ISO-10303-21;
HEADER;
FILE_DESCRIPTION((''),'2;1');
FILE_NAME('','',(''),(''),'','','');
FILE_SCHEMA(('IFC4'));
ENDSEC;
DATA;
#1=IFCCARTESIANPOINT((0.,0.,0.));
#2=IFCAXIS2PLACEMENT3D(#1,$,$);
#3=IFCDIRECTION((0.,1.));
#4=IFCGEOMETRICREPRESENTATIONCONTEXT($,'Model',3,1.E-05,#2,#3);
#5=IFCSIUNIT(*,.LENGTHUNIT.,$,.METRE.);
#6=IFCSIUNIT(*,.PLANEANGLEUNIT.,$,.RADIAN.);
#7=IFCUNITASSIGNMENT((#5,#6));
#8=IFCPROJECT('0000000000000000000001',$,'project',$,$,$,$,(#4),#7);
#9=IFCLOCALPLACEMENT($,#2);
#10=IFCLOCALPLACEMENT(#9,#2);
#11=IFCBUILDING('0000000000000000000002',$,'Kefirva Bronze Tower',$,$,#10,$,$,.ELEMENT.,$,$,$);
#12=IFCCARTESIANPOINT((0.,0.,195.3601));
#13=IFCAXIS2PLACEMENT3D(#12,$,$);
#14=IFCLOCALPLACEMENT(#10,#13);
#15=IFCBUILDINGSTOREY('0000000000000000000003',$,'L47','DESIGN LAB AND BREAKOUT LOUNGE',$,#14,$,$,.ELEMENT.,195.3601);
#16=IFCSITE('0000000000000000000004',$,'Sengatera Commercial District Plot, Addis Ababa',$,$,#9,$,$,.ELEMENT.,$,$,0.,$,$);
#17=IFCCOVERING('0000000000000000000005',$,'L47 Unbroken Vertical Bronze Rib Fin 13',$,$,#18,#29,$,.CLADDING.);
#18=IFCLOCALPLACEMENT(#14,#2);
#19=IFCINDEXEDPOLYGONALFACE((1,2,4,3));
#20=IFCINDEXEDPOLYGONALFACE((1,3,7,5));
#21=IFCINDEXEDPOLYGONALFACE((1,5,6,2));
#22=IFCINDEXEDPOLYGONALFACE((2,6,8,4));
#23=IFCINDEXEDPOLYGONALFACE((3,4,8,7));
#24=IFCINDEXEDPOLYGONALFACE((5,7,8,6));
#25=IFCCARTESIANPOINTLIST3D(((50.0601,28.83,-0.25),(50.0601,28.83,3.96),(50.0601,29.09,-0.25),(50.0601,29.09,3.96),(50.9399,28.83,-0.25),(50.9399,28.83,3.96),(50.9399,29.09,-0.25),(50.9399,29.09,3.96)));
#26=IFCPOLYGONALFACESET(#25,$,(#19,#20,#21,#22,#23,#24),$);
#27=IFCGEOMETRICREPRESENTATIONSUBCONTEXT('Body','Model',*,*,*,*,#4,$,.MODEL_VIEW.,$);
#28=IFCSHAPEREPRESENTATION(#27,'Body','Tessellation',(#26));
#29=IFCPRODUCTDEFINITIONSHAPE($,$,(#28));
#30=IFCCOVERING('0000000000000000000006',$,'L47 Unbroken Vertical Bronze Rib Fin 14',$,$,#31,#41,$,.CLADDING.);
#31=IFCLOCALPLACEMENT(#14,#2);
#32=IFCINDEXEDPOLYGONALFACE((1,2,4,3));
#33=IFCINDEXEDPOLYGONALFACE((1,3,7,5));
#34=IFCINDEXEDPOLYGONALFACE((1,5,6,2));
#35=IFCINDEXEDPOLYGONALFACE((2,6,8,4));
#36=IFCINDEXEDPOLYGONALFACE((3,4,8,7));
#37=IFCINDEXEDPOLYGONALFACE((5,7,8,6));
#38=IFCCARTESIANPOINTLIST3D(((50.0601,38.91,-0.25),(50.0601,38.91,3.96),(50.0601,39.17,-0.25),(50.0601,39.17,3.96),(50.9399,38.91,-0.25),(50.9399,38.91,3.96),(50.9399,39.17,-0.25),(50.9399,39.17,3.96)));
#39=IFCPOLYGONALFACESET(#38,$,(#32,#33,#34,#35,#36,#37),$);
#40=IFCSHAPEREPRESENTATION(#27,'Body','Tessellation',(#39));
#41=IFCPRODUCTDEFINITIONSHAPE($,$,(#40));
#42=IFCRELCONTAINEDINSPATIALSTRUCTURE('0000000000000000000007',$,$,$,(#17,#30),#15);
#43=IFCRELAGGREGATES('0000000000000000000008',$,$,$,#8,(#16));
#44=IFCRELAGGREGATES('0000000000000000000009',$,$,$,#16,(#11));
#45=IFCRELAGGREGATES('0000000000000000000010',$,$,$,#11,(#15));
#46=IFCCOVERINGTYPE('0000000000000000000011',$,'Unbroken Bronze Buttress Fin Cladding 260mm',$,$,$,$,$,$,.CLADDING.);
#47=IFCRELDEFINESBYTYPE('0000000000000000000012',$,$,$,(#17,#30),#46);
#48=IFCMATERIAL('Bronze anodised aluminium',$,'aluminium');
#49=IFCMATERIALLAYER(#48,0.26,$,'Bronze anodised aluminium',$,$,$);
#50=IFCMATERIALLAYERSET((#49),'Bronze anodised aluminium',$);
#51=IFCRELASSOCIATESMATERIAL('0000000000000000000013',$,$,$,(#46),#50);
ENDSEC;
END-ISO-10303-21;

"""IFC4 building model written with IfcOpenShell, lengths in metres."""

from ifc_helpers import new_model, si_unit, direction, frame, origin, origin_2d, place, context, subcontext, project, spatial, rectangle, extrude, material, layer, layer_set, type_object, element, save


model = new_model("IFC4")

# Units and contexts
model_context = context("Model", 3, precision=1e-05, world=origin(), true_north=direction((0.0, 1.0)))
body_context = subcontext(model_context, "Body", "Model", "MODEL_VIEW")
ifc_project = project(units=[si_unit("LENGTHUNIT", "METRE"), si_unit("PLANEANGLEUNIT", "RADIAN")], contexts=[model_context])

# Site, building, storey
site_placement = place(None, origin())
site = spatial("IfcSite", under=ifc_project, at=site_placement, Name="Sengatera Commercial District Plot, Addis Ababa", CompositionType="ELEMENT", RefElevation=0.0)
building_placement = place(site_placement, origin())
building = spatial("IfcBuilding", under=site, at=building_placement, Name="Kefirva Bronze Tower", CompositionType="ELEMENT")
storey_placement = place(building_placement, frame((0.0, 0.0, 195.3601)))
storey = spatial("IfcBuildingStorey", under=building, at=storey_placement, Name="L47", Description="DESIGN LAB AND BREAKOUT LOUNGE", CompositionType="ELEMENT", Elevation=195.3601)

# Shared definitions
ifc_material_1 = material(Name="Bronze anodised aluminium", Category="aluminium")

# Coverings
ifc_layer_1 = layer(ifc_material_1, 0.26, Name="Bronze anodised aluminium")
ifc_layer_set_1 = layer_set([ifc_layer_1], Name="Bronze anodised aluminium")
covering_type_1 = type_object("IfcCoveringType", Name="Unbroken Bronze Buttress Fin Cladding 260mm", PredefinedType="CLADDING", material=ifc_layer_set_1)
for number, where, z_axis, x_axis, name in (
    (1, (50.5, 28.96, -0.25), (0.0, 0.0, 1.0), (0.0, 1.0, 0.0), "L47 Unbroken Vertical Bronze Rib Fin 13"),
    (2, (50.5, 39.04, -0.25), (0.0, 0.0, 1.0), (0.0, 1.0, 0.0), "L47 Unbroken Vertical Bronze Rib Fin 14"),
):
    element("IfcCovering", number, at=place(storey_placement, frame(where, z_axis=z_axis, x_axis=x_axis)), inside=storey, type_object=covering_type_1, Name=name, PredefinedType="CLADDING", context=body_context, shape_type="SweptSolid", body=[
        extrude(rectangle(XDim=0.26, YDim=0.8799, at=origin_2d()), origin(), (0.0, 0.0, 1.0), 4.21),
    ])

save(model, "model.ifc")
